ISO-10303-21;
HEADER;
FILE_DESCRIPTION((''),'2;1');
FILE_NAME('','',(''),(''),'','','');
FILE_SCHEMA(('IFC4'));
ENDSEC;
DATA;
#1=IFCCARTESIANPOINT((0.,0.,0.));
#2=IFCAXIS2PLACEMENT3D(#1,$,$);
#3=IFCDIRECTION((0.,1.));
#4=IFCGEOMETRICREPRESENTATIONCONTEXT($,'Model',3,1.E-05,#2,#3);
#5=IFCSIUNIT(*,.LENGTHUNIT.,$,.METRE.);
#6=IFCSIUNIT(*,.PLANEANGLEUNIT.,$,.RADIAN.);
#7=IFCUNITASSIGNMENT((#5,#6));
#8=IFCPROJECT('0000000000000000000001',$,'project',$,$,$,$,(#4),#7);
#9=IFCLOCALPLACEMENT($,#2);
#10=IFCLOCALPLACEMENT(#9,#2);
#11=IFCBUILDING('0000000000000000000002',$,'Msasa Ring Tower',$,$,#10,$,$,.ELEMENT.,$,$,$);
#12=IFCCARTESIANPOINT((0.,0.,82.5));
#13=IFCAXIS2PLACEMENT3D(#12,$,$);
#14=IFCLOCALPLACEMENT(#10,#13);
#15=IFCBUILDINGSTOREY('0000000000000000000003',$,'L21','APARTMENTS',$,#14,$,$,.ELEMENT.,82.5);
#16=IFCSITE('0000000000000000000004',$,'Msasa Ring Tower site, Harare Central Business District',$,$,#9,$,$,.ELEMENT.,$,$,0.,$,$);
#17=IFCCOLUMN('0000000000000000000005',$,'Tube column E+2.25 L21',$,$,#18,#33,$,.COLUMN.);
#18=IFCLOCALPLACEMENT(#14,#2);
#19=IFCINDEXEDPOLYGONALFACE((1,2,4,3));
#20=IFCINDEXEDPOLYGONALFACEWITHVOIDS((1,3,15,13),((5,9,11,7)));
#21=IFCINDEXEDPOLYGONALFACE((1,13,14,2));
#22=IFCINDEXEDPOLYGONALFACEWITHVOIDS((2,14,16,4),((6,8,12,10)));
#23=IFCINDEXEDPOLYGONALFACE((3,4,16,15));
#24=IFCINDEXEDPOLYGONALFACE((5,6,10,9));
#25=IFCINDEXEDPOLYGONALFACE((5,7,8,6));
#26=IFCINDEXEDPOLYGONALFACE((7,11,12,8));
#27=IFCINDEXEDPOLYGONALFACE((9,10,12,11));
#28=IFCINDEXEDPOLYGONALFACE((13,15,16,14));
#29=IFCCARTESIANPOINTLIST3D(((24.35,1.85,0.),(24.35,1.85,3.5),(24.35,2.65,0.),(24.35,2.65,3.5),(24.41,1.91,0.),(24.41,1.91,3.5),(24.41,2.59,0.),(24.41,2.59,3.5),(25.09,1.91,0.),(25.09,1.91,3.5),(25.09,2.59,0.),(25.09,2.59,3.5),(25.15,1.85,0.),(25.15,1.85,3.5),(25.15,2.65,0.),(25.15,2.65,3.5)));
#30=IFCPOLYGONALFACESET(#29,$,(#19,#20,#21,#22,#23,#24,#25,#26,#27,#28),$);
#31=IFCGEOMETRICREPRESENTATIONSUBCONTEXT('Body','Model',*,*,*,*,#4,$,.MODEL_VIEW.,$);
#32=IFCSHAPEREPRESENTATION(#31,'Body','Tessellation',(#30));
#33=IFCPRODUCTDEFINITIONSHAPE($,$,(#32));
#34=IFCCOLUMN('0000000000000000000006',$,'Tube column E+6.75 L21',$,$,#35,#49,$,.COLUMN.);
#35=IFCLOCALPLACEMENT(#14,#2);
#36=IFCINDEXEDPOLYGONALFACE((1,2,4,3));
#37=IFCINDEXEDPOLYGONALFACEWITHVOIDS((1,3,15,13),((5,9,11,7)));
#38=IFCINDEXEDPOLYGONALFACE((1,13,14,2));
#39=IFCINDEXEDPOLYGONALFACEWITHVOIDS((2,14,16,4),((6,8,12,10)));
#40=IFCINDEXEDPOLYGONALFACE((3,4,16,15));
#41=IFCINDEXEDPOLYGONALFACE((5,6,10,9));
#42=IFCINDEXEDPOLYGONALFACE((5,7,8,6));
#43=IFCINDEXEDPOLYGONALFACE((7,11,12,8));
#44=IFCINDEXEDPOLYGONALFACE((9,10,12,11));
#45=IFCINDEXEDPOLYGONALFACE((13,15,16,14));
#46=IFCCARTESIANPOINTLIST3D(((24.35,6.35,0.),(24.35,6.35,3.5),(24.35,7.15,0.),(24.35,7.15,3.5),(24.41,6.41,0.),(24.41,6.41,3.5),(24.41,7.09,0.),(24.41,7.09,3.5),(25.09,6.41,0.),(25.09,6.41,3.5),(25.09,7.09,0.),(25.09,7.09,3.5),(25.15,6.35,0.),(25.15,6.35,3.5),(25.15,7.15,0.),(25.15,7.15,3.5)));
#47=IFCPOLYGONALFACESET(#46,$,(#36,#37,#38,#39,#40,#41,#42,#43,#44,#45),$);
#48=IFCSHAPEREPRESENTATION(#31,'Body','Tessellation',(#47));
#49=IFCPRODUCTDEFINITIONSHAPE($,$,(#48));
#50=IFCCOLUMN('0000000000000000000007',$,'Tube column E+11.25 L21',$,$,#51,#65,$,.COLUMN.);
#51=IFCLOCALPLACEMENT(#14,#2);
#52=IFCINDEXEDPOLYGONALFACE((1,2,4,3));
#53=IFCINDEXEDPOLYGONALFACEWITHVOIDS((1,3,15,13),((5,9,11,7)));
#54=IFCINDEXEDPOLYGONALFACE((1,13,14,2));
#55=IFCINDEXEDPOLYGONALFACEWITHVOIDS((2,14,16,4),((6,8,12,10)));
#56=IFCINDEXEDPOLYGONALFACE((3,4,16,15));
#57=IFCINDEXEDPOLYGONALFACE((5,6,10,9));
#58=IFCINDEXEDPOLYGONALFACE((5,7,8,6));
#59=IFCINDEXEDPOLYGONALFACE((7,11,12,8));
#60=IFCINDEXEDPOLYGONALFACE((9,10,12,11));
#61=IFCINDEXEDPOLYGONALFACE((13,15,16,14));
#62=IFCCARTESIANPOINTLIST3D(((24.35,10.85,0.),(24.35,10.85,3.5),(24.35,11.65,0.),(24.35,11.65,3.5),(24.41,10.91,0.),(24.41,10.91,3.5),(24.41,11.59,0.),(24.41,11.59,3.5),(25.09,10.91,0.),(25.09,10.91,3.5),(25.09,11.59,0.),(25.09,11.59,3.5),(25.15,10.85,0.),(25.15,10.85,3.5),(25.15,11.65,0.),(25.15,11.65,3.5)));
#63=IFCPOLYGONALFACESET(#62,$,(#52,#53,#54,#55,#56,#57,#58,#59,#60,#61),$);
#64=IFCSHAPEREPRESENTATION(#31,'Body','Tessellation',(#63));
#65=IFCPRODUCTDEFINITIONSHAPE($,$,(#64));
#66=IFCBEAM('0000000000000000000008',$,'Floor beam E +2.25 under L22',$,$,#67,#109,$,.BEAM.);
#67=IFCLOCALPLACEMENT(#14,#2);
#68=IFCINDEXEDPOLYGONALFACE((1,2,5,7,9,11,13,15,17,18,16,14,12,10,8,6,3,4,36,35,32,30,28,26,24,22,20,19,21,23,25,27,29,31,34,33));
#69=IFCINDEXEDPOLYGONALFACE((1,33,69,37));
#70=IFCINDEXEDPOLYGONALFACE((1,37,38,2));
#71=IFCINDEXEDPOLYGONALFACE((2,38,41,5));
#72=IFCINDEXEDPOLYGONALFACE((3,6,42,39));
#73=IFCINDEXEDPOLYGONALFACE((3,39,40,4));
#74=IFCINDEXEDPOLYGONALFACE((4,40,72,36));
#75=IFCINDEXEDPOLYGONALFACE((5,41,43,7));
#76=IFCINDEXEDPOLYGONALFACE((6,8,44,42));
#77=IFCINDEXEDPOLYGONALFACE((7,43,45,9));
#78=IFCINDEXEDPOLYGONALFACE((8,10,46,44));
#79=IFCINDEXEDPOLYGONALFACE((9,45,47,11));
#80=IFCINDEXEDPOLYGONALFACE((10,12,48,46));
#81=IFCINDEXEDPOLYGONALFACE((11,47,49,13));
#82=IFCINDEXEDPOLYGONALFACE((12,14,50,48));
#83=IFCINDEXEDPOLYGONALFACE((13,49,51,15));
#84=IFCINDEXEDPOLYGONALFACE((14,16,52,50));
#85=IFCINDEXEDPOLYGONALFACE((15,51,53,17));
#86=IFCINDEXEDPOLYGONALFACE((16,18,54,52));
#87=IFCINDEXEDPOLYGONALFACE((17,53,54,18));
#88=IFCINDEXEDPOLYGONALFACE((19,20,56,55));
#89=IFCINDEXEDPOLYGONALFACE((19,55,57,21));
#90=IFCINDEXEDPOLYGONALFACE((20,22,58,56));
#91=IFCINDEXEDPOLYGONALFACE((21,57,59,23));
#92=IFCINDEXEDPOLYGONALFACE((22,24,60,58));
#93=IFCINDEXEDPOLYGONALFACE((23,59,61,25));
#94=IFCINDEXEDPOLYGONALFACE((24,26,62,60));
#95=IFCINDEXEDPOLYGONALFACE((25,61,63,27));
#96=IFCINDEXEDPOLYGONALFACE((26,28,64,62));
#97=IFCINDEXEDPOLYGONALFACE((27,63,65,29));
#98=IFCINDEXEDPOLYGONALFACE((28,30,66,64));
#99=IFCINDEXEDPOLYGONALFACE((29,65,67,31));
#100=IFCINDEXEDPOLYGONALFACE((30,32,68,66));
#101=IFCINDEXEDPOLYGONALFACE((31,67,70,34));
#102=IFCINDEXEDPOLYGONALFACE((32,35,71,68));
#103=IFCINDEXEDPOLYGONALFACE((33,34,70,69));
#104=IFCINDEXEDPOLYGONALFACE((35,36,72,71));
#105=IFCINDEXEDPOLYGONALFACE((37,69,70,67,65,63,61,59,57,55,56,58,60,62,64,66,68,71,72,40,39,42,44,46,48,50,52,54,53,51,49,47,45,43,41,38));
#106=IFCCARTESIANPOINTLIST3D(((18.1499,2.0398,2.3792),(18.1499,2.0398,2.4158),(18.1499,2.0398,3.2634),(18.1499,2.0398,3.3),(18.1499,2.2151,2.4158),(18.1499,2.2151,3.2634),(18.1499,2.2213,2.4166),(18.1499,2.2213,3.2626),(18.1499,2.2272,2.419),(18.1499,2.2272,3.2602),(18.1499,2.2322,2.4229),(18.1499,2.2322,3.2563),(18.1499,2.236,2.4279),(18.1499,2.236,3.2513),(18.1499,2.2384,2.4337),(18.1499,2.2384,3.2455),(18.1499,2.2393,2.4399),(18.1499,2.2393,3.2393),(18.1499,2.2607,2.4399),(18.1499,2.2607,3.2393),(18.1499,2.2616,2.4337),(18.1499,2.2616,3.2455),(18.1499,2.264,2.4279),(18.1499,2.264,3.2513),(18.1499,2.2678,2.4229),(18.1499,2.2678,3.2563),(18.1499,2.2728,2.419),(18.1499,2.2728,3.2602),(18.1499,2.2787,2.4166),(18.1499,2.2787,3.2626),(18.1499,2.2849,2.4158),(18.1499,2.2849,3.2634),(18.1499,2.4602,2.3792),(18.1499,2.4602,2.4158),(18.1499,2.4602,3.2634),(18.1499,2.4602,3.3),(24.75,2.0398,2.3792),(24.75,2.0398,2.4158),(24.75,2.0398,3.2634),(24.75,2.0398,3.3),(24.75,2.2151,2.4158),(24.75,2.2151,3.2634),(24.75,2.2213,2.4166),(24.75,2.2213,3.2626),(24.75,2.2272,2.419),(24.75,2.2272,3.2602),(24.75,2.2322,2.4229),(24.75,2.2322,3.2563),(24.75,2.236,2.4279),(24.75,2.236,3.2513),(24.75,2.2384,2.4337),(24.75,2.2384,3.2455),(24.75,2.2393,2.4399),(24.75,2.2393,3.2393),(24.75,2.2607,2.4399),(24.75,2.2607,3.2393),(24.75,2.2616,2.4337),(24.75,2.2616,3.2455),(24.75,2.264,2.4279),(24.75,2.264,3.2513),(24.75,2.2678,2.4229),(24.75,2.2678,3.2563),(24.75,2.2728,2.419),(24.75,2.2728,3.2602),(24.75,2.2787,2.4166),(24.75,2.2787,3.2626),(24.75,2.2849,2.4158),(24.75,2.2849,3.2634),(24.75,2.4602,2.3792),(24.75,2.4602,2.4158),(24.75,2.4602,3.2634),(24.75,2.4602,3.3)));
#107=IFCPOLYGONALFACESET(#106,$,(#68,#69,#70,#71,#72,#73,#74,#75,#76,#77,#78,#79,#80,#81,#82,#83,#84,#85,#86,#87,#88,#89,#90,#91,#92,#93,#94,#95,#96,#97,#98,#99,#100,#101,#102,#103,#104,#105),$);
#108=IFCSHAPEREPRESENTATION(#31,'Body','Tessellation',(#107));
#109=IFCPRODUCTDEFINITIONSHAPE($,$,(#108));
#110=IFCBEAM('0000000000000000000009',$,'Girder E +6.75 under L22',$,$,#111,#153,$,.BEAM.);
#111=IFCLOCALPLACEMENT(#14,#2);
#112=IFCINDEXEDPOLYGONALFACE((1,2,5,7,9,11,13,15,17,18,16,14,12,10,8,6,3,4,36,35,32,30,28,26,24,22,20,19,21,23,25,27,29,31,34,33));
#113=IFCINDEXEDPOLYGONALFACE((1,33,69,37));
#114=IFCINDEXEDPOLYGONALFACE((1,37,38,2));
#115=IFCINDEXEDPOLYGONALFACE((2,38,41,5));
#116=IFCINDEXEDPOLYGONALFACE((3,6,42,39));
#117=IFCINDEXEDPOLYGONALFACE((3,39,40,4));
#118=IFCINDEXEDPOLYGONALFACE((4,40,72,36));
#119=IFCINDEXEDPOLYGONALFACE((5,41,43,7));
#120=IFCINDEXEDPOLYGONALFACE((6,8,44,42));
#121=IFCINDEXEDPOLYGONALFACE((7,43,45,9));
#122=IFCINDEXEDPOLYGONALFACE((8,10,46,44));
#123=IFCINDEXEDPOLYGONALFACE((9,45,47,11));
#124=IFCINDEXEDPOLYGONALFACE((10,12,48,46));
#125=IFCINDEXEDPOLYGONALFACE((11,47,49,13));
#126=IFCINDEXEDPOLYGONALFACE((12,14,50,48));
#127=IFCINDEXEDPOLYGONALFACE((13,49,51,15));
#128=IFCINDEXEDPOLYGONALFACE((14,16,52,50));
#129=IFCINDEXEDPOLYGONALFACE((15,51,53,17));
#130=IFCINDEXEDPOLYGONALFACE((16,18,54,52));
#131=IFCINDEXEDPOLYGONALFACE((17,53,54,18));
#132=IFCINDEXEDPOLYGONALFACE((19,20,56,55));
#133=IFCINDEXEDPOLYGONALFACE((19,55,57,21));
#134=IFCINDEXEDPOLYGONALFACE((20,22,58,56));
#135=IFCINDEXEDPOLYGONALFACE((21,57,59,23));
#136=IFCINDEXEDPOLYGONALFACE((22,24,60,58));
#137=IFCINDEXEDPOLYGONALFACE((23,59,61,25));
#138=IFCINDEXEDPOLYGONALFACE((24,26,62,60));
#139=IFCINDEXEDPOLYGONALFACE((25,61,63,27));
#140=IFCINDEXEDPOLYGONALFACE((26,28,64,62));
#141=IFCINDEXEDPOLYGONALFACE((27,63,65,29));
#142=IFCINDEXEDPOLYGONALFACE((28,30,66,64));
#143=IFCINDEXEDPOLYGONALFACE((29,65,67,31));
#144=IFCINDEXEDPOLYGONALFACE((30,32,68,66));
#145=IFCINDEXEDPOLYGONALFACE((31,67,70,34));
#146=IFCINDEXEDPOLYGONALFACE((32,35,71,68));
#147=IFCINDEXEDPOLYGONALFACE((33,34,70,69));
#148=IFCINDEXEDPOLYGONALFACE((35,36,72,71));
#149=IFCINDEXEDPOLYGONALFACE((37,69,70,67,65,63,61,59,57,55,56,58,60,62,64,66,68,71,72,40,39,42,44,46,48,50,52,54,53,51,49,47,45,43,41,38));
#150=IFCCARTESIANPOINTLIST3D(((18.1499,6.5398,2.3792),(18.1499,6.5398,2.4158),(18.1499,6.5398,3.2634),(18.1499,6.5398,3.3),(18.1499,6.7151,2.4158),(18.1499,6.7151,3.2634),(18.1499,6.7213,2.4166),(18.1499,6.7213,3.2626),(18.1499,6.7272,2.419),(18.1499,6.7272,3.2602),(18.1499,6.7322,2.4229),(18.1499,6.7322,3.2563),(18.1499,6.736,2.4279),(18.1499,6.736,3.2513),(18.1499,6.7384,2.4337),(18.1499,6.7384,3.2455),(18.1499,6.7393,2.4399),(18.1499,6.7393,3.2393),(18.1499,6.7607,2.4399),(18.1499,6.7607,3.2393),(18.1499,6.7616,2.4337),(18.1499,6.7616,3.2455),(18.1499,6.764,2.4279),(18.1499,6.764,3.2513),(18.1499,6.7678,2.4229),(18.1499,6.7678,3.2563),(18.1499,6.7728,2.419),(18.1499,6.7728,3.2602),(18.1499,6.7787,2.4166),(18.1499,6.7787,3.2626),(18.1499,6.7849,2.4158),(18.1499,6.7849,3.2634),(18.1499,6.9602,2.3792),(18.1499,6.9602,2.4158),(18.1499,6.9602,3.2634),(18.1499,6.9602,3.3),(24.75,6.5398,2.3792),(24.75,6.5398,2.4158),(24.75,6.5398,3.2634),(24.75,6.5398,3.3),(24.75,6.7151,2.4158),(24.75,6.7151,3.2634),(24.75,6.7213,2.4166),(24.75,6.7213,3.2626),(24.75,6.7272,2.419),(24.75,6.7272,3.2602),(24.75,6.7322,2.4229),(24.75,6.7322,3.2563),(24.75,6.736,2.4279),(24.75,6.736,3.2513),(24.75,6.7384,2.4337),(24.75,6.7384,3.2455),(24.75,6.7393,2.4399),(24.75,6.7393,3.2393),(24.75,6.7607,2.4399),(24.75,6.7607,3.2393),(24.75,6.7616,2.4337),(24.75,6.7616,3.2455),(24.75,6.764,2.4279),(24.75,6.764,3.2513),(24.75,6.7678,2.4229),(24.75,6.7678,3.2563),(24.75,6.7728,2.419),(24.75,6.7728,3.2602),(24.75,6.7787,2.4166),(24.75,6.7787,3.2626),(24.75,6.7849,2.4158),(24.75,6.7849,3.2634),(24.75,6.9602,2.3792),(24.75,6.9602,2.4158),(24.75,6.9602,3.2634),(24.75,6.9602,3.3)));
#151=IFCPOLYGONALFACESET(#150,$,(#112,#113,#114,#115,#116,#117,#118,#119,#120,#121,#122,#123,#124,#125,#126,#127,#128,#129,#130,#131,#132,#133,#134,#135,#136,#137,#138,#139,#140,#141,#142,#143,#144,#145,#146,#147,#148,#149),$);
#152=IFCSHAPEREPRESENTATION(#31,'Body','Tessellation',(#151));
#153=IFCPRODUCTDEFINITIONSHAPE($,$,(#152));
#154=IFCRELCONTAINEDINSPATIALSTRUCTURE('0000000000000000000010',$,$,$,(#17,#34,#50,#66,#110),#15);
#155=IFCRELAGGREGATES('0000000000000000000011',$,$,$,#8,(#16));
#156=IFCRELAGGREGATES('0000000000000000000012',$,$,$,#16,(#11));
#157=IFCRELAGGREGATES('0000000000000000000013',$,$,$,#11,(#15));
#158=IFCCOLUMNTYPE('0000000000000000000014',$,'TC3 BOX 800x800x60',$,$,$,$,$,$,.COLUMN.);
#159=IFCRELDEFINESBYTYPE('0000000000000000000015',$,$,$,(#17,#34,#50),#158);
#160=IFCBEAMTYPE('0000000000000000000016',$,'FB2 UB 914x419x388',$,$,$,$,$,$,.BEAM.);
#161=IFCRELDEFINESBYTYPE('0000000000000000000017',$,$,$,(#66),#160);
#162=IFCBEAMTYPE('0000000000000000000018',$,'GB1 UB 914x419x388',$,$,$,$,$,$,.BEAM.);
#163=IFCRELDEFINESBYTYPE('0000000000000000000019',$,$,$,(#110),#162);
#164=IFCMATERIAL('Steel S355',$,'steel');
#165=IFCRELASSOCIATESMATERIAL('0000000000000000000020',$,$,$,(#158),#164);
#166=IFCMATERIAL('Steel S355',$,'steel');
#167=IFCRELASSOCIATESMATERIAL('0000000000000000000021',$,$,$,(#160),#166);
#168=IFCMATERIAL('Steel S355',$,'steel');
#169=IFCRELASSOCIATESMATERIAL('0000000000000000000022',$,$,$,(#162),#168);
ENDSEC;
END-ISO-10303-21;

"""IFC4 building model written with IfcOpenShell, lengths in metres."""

from ifc_helpers import new_model, si_unit, direction, frame, origin, origin_2d, place, context, subcontext, project, spatial, hollow_rectangle, i_section, extrude, material, material_profile, profile_set, type_object, element, save


model = new_model("IFC4")

# Units and contexts
model_context = context("Model", 3, precision=1e-05, world=origin(), true_north=direction((0.0, 1.0)))
body_context = subcontext(model_context, "Body", "Model", "MODEL_VIEW")
ifc_project = project(units=[si_unit("LENGTHUNIT", "METRE"), si_unit("PLANEANGLEUNIT", "RADIAN")], contexts=[model_context])

# Site, building, storey
site_placement = place(None, origin())
site = spatial("IfcSite", under=ifc_project, at=site_placement, Name="Msasa Ring Tower site, Harare Central Business District", CompositionType="ELEMENT", RefElevation=0.0)
building_placement = place(site_placement, origin())
building = spatial("IfcBuilding", under=site, at=building_placement, Name="Msasa Ring Tower", CompositionType="ELEMENT")
storey_placement = place(building_placement, frame((0.0, 0.0, 82.5)))
storey = spatial("IfcBuildingStorey", under=building, at=storey_placement, Name="L21", Description="APARTMENTS", CompositionType="ELEMENT", Elevation=82.5)

# Columns
ifc_material_1 = material(Name="Steel S355", Category="steel")
ifc_material_profile_1 = material_profile(ifc_material_1, hollow_rectangle(XDim=0.8, YDim=0.8, WallThickness=0.0601, at=origin_2d()), Name="BOX 800x800x60")
ifc_profile_set_1 = profile_set([ifc_material_profile_1], Name="Steel S355")
column_type = type_object("IfcColumnType", Name="TC3 BOX 800x800x60", PredefinedType="COLUMN", material=ifc_profile_set_1)
for number, where, z_axis, x_axis, name in (
    (1, (24.75, 2.25, 0.0), (0.0, 0.0, 1.0), (1.0, 0.0, 0.0), "Tube column E+2.25 L21"),
    (2, (24.75, 6.75, 0.0), (0.0, 0.0, 1.0), (1.0, 0.0, 0.0), "Tube column E+6.75 L21"),
    (3, (24.75, 11.25, 0.0), (0.0, 0.0, 1.0), (1.0, 0.0, 0.0), "Tube column E+11.25 L21"),
):
    element("IfcColumn", number, at=place(storey_placement, frame(where, z_axis=z_axis, x_axis=x_axis)), inside=storey, type_object=column_type, Name=name, PredefinedType="COLUMN", context=body_context, shape_type="SweptSolid", body=[
        extrude(hollow_rectangle(XDim=0.8, YDim=0.8, WallThickness=0.0601, at=origin_2d()), origin(), (0.0, 0.0, 1.0), 3.5),
    ])

# Beams
ifc_material_2 = material(Name="Steel S355", Category="steel")
ifc_material_profile_2 = material_profile(ifc_material_2, i_section(OverallWidth=0.4204, OverallDepth=0.9209, WebThickness=0.0215, FlangeThickness=0.0366, FilletRadius=0.0242, at=origin_2d()), Name="UB 914x419x388")
ifc_profile_set_2 = profile_set([ifc_material_profile_2], Name="Steel S355")
beam_type_1 = type_object("IfcBeamType", Name="FB2 UB 914x419x388", PredefinedType="BEAM", material=ifc_profile_set_2)
beam_1_placement = place(storey_placement, frame((24.75, 2.25, 2.8396), z_axis=(-1.0, 0.0, 0.0), x_axis=(0.0, -1.0, 0.0)))
element("IfcBeam", 4, at=beam_1_placement, inside=storey, type_object=beam_type_1, Name="Floor beam E +2.25 under L22", PredefinedType="BEAM", context=body_context, shape_type="SweptSolid", body=[
    extrude(i_section(OverallWidth=0.4204, OverallDepth=0.9209, WebThickness=0.0215, FlangeThickness=0.0366, FilletRadius=0.0242, at=origin_2d()), origin(), (0.0, 0.0, 1.0), 6.6001),
])
ifc_material_3 = material(Name="Steel S355", Category="steel")
ifc_material_profile_3 = material_profile(ifc_material_3, i_section(OverallWidth=0.4204, OverallDepth=0.9209, WebThickness=0.0215, FlangeThickness=0.0366, FilletRadius=0.0242, at=origin_2d()), Name="UB 914x419x388")
ifc_profile_set_3 = profile_set([ifc_material_profile_3], Name="Steel S355")
beam_type_2 = type_object("IfcBeamType", Name="GB1 UB 914x419x388", PredefinedType="BEAM", material=ifc_profile_set_3)
beam_2_placement = place(storey_placement, frame((18.1499, 6.75, 2.8396), z_axis=(1.0, 0.0, 0.0), x_axis=(0.0, 1.0, 0.0)))
element("IfcBeam", 5, at=beam_2_placement, inside=storey, type_object=beam_type_2, Name="Girder E +6.75 under L22", PredefinedType="BEAM", context=body_context, shape_type="SweptSolid", body=[
    extrude(i_section(OverallWidth=0.4204, OverallDepth=0.9209, WebThickness=0.0215, FlangeThickness=0.0366, FilletRadius=0.0242, at=origin_2d()), origin(), (0.0, 0.0, 1.0), 6.6001),
])

save(model, "model.ifc")
